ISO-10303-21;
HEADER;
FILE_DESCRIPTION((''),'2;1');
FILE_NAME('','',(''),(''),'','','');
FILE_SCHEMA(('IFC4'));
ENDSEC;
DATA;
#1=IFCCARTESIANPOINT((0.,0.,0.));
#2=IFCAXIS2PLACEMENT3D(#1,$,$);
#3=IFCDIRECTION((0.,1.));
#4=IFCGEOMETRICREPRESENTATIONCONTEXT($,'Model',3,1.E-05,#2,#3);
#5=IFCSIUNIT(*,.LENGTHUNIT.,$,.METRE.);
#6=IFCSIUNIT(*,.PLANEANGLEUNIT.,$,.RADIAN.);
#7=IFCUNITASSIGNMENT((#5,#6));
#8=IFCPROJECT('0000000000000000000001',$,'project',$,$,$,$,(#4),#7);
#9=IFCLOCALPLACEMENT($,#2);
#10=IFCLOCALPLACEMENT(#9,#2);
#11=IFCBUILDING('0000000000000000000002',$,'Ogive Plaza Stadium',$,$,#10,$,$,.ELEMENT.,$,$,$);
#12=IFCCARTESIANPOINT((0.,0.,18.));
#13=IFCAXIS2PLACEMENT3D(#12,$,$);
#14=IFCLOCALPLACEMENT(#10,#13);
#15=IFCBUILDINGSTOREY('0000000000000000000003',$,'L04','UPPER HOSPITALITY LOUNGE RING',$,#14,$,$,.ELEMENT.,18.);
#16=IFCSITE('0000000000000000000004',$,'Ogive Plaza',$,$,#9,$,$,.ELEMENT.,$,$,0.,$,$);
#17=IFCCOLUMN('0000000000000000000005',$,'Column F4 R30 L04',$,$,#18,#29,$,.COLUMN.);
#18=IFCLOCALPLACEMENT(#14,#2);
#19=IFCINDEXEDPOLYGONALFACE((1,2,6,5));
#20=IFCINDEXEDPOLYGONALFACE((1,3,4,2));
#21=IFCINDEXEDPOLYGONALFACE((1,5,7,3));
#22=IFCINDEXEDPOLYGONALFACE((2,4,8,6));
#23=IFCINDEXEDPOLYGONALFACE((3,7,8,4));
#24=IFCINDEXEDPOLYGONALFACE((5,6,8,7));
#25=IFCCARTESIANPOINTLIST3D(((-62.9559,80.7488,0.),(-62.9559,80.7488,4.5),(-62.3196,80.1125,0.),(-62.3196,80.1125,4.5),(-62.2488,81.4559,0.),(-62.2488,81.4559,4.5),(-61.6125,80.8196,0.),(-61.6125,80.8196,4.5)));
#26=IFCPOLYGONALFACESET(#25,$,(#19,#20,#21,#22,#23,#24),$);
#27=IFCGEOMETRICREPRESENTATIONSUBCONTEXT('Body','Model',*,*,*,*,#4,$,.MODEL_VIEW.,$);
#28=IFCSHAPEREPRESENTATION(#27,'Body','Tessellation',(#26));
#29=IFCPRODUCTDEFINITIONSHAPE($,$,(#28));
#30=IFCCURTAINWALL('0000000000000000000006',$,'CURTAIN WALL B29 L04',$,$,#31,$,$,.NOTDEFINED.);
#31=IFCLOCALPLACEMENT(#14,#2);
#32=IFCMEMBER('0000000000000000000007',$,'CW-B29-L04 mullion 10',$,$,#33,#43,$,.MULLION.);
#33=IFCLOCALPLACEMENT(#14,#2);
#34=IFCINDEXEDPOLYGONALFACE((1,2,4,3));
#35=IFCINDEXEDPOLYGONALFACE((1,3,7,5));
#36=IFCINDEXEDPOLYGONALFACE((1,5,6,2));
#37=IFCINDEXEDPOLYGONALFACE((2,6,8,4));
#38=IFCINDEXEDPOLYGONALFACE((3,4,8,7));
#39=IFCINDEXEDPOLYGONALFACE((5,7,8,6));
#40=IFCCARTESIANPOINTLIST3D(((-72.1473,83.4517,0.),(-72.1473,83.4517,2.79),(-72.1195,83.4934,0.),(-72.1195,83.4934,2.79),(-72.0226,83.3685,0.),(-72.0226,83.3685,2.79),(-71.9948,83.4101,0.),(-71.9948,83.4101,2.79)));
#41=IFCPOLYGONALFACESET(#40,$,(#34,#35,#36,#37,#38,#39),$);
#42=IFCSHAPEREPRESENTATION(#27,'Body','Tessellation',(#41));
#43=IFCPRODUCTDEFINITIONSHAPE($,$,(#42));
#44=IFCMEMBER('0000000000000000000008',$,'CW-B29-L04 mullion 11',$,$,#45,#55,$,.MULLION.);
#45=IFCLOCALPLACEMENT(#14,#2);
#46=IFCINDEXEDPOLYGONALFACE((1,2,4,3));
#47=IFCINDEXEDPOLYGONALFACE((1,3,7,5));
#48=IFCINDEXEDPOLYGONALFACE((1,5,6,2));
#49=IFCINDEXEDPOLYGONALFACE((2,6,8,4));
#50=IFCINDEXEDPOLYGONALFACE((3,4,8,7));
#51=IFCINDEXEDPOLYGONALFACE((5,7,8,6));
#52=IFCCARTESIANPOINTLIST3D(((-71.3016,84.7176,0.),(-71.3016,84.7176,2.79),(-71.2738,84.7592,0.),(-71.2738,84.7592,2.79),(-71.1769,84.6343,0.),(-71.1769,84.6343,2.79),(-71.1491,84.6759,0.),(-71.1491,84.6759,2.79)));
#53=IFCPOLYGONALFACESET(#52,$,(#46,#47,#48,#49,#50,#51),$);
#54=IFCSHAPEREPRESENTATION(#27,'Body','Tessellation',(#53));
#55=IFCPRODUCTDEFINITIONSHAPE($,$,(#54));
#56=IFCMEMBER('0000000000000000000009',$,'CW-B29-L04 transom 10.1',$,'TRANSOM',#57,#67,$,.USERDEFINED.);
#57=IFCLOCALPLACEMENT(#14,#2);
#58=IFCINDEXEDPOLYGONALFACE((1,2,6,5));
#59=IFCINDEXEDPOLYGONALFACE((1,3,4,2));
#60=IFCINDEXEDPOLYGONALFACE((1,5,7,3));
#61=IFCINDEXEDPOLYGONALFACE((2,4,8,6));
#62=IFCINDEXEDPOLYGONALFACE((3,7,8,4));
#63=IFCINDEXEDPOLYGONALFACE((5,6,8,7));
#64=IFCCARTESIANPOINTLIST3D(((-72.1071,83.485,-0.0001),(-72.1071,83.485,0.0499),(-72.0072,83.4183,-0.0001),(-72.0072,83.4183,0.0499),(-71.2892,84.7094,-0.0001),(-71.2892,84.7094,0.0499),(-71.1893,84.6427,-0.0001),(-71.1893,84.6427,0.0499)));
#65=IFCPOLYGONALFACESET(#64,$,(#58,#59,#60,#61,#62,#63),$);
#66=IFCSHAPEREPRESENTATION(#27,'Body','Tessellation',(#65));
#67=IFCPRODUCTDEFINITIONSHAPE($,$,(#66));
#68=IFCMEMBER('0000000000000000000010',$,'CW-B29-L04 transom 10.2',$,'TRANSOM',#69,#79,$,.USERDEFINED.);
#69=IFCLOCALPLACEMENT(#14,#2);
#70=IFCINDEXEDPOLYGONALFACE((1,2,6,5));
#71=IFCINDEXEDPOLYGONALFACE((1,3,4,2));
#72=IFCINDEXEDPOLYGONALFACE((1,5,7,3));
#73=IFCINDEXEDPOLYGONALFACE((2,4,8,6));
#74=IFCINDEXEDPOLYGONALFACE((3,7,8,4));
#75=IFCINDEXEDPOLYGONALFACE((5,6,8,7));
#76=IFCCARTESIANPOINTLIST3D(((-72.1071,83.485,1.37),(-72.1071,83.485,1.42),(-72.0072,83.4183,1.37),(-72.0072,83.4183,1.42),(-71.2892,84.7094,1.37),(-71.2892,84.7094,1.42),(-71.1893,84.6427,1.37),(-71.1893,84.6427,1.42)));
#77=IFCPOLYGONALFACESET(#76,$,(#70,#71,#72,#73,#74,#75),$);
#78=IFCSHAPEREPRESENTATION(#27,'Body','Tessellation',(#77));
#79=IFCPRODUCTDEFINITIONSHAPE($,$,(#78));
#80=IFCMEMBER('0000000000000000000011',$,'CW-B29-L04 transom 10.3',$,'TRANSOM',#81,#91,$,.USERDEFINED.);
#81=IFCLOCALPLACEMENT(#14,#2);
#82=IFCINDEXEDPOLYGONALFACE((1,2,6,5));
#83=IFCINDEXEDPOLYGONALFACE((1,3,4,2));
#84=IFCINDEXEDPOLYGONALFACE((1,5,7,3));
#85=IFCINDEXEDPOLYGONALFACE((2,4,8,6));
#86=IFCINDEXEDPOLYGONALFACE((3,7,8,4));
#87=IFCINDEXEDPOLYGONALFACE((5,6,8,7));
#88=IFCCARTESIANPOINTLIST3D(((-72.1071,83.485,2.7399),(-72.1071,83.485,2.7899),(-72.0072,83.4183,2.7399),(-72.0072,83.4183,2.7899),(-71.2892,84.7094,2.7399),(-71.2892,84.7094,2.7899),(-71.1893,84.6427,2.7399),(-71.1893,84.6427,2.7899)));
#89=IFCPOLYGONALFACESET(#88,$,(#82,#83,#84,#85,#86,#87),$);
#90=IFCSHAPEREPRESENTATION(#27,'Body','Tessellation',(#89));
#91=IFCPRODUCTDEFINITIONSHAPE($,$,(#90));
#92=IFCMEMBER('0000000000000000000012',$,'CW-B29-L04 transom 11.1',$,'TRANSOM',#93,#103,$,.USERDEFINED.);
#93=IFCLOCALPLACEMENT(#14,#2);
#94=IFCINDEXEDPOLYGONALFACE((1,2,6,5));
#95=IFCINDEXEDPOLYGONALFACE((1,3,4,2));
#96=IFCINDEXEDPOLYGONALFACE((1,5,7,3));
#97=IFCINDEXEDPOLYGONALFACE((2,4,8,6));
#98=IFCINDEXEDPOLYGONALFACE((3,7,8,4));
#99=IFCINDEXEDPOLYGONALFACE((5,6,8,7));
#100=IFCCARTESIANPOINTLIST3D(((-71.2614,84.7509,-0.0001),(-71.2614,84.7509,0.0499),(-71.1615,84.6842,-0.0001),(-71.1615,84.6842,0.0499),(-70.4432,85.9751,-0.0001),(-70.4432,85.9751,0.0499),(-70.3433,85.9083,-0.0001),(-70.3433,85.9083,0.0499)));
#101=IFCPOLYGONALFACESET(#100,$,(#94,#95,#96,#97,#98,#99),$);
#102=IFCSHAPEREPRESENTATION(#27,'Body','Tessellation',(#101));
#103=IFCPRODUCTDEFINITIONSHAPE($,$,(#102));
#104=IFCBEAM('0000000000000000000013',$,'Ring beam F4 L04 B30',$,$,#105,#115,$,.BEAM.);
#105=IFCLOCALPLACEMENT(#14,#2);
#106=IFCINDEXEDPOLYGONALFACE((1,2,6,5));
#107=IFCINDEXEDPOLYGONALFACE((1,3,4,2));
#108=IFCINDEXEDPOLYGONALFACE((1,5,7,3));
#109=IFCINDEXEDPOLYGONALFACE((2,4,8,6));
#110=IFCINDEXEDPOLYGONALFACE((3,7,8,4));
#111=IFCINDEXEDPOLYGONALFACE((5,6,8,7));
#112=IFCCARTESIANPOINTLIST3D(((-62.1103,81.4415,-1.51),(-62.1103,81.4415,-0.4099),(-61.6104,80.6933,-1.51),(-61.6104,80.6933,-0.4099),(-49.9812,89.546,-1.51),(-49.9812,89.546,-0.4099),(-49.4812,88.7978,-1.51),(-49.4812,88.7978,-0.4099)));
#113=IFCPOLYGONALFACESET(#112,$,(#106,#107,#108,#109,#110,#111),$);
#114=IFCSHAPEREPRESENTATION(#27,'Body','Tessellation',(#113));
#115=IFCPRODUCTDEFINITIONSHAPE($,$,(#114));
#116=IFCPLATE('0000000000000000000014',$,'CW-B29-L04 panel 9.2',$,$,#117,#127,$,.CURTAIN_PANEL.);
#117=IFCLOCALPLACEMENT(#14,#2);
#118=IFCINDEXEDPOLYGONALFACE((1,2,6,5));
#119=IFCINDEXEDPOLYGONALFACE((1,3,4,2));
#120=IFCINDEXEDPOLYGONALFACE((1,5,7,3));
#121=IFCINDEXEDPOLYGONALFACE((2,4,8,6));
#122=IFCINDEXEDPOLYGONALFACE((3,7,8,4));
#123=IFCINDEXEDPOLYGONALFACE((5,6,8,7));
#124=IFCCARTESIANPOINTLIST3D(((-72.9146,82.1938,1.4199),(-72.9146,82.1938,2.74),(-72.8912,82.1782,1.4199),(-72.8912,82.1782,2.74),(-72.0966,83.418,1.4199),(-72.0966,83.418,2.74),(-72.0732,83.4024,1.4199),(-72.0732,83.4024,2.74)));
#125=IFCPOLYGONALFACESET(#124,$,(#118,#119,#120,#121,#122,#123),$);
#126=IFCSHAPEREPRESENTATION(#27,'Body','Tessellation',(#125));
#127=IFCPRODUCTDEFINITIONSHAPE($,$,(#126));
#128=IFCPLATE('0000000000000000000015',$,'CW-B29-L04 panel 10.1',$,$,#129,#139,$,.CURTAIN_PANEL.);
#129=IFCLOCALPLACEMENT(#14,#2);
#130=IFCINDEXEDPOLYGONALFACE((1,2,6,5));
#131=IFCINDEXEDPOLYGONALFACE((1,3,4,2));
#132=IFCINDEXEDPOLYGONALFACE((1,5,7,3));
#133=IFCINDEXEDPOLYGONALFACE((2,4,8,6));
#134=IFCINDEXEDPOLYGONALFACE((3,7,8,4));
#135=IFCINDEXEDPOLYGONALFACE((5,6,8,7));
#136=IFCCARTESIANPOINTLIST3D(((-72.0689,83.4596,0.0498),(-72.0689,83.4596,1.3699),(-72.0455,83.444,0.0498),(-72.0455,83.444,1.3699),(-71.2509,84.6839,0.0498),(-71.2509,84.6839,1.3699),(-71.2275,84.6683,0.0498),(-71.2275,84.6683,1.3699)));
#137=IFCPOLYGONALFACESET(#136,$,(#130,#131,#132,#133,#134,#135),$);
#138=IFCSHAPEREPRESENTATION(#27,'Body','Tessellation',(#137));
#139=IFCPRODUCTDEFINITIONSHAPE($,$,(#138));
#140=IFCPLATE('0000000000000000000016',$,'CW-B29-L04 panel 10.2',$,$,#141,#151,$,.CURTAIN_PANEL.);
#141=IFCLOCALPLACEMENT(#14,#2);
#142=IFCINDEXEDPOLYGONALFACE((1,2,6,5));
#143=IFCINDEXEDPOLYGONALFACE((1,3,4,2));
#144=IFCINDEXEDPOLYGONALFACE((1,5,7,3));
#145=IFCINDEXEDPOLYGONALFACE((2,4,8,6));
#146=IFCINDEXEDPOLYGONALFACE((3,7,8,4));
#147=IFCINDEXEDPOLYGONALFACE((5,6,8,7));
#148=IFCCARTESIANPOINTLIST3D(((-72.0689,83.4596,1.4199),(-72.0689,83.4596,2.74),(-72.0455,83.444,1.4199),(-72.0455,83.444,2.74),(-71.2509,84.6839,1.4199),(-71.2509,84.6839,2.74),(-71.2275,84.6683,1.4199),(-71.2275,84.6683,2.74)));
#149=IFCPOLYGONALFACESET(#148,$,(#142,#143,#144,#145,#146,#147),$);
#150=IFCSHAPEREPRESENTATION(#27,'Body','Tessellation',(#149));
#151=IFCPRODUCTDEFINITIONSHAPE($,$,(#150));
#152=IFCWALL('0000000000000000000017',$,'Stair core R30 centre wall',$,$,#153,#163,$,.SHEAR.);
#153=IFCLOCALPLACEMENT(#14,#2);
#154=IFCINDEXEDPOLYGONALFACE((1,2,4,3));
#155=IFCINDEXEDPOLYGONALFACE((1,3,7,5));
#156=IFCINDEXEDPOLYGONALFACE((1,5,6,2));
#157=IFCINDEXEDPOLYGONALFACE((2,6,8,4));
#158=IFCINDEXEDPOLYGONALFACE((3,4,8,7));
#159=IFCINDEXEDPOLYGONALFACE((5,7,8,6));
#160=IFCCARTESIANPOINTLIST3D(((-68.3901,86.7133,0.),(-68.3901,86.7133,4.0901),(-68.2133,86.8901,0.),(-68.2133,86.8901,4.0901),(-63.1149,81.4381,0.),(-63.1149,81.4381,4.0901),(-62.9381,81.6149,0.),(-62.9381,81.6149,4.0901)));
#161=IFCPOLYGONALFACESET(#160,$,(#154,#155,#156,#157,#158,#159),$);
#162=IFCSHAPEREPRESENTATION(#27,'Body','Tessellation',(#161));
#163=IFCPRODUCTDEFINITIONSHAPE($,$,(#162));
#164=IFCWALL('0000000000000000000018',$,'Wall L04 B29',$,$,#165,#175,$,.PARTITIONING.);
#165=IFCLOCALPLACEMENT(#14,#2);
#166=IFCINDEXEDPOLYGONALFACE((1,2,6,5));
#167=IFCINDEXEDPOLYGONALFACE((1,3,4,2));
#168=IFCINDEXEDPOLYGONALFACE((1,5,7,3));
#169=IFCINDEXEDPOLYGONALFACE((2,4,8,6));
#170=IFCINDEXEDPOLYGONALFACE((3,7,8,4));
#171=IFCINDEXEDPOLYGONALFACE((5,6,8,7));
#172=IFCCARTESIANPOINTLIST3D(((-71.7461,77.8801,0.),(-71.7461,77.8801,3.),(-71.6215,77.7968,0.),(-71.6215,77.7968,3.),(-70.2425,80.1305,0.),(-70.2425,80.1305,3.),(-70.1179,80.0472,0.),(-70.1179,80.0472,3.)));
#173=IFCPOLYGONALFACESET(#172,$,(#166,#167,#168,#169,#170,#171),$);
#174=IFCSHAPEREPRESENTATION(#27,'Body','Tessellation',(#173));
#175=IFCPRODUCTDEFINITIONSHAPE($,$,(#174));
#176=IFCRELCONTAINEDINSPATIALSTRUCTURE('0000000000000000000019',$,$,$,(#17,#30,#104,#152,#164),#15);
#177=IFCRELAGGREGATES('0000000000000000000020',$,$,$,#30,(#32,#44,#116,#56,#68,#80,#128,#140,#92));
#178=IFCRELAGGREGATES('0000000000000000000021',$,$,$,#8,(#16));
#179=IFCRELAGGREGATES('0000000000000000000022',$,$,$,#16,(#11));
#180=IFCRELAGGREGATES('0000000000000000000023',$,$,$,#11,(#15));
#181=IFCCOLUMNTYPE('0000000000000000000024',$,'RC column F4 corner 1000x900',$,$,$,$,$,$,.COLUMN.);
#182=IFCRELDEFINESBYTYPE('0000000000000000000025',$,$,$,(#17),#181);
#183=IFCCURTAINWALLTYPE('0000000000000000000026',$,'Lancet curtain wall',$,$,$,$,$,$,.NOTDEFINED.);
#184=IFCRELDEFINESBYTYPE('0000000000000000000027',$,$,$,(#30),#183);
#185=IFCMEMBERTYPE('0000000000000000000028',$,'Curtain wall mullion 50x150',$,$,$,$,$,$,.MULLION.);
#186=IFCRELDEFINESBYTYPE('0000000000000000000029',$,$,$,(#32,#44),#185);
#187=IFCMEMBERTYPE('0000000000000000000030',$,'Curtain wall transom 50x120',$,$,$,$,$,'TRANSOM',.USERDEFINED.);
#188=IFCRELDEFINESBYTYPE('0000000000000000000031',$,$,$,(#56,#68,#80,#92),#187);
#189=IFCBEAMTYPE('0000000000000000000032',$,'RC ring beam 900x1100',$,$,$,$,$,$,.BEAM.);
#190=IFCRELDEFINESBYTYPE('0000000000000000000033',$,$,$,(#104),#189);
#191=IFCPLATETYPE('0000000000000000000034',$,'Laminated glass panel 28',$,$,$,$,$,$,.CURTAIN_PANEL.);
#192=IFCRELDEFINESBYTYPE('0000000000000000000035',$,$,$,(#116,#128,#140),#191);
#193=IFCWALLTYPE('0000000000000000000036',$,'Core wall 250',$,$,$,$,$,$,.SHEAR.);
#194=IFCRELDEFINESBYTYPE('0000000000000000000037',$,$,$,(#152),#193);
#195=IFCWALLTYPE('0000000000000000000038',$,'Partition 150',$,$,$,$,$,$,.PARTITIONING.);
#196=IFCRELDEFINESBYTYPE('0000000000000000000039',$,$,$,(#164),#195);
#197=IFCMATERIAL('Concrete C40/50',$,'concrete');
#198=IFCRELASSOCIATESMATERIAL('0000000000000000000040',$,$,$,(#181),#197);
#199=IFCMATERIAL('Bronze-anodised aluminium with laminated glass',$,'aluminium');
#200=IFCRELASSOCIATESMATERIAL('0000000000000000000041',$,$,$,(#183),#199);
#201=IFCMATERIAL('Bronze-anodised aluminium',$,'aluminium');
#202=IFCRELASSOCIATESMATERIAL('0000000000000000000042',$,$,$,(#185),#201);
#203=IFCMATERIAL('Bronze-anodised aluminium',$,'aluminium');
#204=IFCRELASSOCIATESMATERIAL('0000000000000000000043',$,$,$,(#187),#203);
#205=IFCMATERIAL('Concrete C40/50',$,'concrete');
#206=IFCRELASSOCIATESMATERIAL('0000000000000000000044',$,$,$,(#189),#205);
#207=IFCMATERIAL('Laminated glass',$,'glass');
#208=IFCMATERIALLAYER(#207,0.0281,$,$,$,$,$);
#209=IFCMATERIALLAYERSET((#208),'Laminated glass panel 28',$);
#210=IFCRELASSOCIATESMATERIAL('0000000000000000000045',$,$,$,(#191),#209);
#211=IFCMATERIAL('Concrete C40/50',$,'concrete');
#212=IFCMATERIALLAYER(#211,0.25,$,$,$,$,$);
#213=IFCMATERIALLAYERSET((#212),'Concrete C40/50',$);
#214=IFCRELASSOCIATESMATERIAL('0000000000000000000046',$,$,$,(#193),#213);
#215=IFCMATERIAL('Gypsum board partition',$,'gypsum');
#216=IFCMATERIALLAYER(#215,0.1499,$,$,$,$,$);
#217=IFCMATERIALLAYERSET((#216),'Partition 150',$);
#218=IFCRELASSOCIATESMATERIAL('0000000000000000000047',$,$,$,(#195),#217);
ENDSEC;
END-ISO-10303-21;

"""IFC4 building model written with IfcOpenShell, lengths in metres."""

from ifc_helpers import new_model, si_unit, direction, frame, frame_2d, origin, origin_2d, place, context, subcontext, project, spatial, rectangle, extrude, material, layer, layer_set, material_profile, profile_set, type_object, element, aggregate, save


model = new_model("IFC4")

# Units and contexts
model_context = context("Model", 3, precision=1e-05, world=origin(), true_north=direction((0.0, 1.0)))
body_context = subcontext(model_context, "Body", "Model", "MODEL_VIEW")
ifc_project = project(units=[si_unit("LENGTHUNIT", "METRE"), si_unit("PLANEANGLEUNIT", "RADIAN")], contexts=[model_context])

# Site, building, storey
site_placement = place(None, origin())
site = spatial("IfcSite", under=ifc_project, at=site_placement, Name="Ogive Plaza", CompositionType="ELEMENT", RefElevation=0.0)
building_placement = place(site_placement, origin())
building = spatial("IfcBuilding", under=site, at=building_placement, Name="Ogive Plaza Stadium", CompositionType="ELEMENT")
storey_placement = place(building_placement, frame((0.0, 0.0, 18.0)))
storey = spatial("IfcBuildingStorey", under=building, at=storey_placement, Name="L04", Description="UPPER HOSPITALITY LOUNGE RING", CompositionType="ELEMENT", Elevation=18.0)

# Column
ifc_material_1 = material(Name="Concrete C40/50", Category="concrete")
ifc_material_profile_1 = material_profile(ifc_material_1, rectangle(XDim=1.0, YDim=0.8999, at=origin_2d()), Name="RC 1000x900")
ifc_profile_set_1 = profile_set([ifc_material_profile_1], Name="Concrete C40/50")
column_type = type_object("IfcColumnType", Name="RC column F4 corner 1000x900", PredefinedType="COLUMN", material=ifc_profile_set_1)
column_placement = place(storey_placement, frame((-62.2842, 80.7842, 0.0), z_axis=(0.0, 0.0, 1.0), x_axis=(-0.707107, -0.707107, 0.0)))
element("IfcColumn", 1, at=column_placement, inside=storey, type_object=column_type, Name="Column F4 R30 L04", PredefinedType="COLUMN", context=body_context, shape_type="SweptSolid", body=[
    extrude(rectangle(XDim=1.0, YDim=0.8999, at=origin_2d()), origin(), (0.0, 0.0, 1.0), 4.5),
])

# Curtain wall, members
ifc_material_2 = material(Name="Bronze-anodised aluminium with laminated glass", Category="aluminium")
curtain_wall_type = type_object("IfcCurtainWallType", Name="Lancet curtain wall", PredefinedType="NOTDEFINED", material=ifc_material_2)
curtain_wall_placement = place(storey_placement, origin())
curtain_wall = element("IfcCurtainWall", 2, at=curtain_wall_placement, inside=storey, type_object=curtain_wall_type, Name="CURTAIN WALL B29 L04", PredefinedType="NOTDEFINED")
ifc_material_3 = material(Name="Bronze-anodised aluminium", Category="aluminium")
ifc_material_profile_2 = material_profile(ifc_material_3, rectangle(XDim=0.1499, YDim=0.05, at=origin_2d()), Name="AL 150x50")
ifc_profile_set_2 = profile_set([ifc_material_profile_2], Name="Bronze-anodised aluminium")
member_type_1 = type_object("IfcMemberType", Name="Curtain wall mullion 50x150", PredefinedType="MULLION", material=ifc_profile_set_2)
member_1_placement = place(storey_placement, frame((-72.071, 83.4309, 0.0), z_axis=(0.0, 0.0, 1.0), x_axis=(-0.83147, 0.55557, 0.0)))
member_1 = element("IfcMember", 3, at=member_1_placement, type_object=member_type_1, Name="CW-B29-L04 mullion 10", PredefinedType="MULLION", context=body_context, shape_type="SweptSolid", body=[
    extrude(rectangle(XDim=0.1499, YDim=0.05, at=origin_2d()), origin(), (0.0, 0.0, 1.0), 2.79),
])
member_2_placement = place(storey_placement, frame((-71.2253, 84.6968, 0.0), z_axis=(0.0, 0.0, 1.0), x_axis=(-0.83147, 0.55557, 0.0)))
member_2 = element("IfcMember", 4, at=member_2_placement, type_object=member_type_1, Name="CW-B29-L04 mullion 11", PredefinedType="MULLION", context=body_context, shape_type="SweptSolid", body=[
    extrude(rectangle(XDim=0.1499, YDim=0.05, at=origin_2d()), origin(), (0.0, 0.0, 1.0), 2.79),
])
ifc_material_4 = material(Name="Bronze-anodised aluminium", Category="aluminium")
ifc_material_profile_3 = material_profile(ifc_material_4, rectangle(XDim=0.1201, YDim=0.05, at=origin_2d()), Name="AL 120x50")
ifc_profile_set_3 = profile_set([ifc_material_profile_3], Name="Bronze-anodised aluminium")
member_type_2 = type_object("IfcMemberType", Name="Curtain wall transom 50x120", ElementType="TRANSOM", PredefinedType="USERDEFINED", material=ifc_profile_set_3)
member_3_placement = place(storey_placement, frame((-72.0571, 83.4517, 0.0249), z_axis=(0.555465, 0.83154, 0.0), x_axis=(-0.83154, 0.555465, 0.0)))
member_3 = element("IfcMember", 5, at=member_3_placement, type_object=member_type_2, Name="CW-B29-L04 transom 10.1", ObjectType="TRANSOM", PredefinedType="USERDEFINED", context=body_context, shape_type="SweptSolid", body=[
    extrude(rectangle(XDim=0.1201, YDim=0.05, at=origin_2d()), origin(), (0.0, 0.0, 1.0), 1.4724),
])
member_4_placement = place(storey_placement, frame((-72.0571, 83.4517, 1.395), z_axis=(0.555465, 0.83154, 0.0), x_axis=(-0.83154, 0.555465, 0.0)))
member_4 = element("IfcMember", 6, at=member_4_placement, type_object=member_type_2, Name="CW-B29-L04 transom 10.2", ObjectType="TRANSOM", PredefinedType="USERDEFINED", context=body_context, shape_type="SweptSolid", body=[
    extrude(rectangle(XDim=0.1201, YDim=0.05, at=origin_2d()), origin(), (0.0, 0.0, 1.0), 1.4724),
])
member_5_placement = place(storey_placement, frame((-72.0571, 83.4517, 2.7649), z_axis=(0.555465, 0.83154, 0.0), x_axis=(-0.83154, 0.555465, 0.0)))
member_5 = element("IfcMember", 7, at=member_5_placement, type_object=member_type_2, Name="CW-B29-L04 transom 10.3", ObjectType="TRANSOM", PredefinedType="USERDEFINED", context=body_context, shape_type="SweptSolid", body=[
    extrude(rectangle(XDim=0.1201, YDim=0.05, at=origin_2d()), origin(), (0.0, 0.0, 1.0), 1.4724),
])
member_6_placement = place(storey_placement, frame((-71.2114, 84.7175, 0.0249), z_axis=(0.555656, 0.831412, 0.0), x_axis=(-0.831412, 0.555656, 0.0)))
member_6 = element("IfcMember", 8, at=member_6_placement, type_object=member_type_2, Name="CW-B29-L04 transom 11.1", ObjectType="TRANSOM", PredefinedType="USERDEFINED", context=body_context, shape_type="SweptSolid", body=[
    extrude(rectangle(XDim=0.1201, YDim=0.05, at=origin_2d()), origin(), (0.0, 0.0, 1.0), 1.4724),
])

# Beam
ifc_material_5 = material(Name="Concrete C40/50", Category="concrete")
ifc_material_profile_4 = material_profile(ifc_material_5, rectangle(XDim=0.8999, YDim=1.1001, at=origin_2d()), Name="RC 900x1100")
ifc_profile_set_4 = profile_set([ifc_material_profile_4], Name="Concrete C40/50")
beam_type = type_object("IfcBeamType", Name="RC ring beam 900x1100", PredefinedType="BEAM", material=ifc_profile_set_4)
beam_placement = place(storey_placement, frame((-61.8604, 81.0674, -0.96), z_axis=(0.831468, 0.555573, 0.0), x_axis=(-0.555573, 0.831468, 0.0)))
element("IfcBeam", 9, at=beam_placement, inside=storey, type_object=beam_type, Name="Ring beam F4 L04 B30", PredefinedType="BEAM", context=body_context, shape_type="SweptSolid", body=[
    extrude(rectangle(XDim=0.8999, YDim=1.1001, at=origin_2d()), origin(), (0.0, 0.0, 1.0), 14.5876),
])

# Plates
ifc_material_6 = material(Name="Laminated glass", Category="glass")
ifc_layer_1 = layer(ifc_material_6, 0.0281)
ifc_layer_set_1 = layer_set([ifc_layer_1], Name="Laminated glass panel 28")
plate_type = type_object("IfcPlateType", Name="Laminated glass panel 28", PredefinedType="CURTAIN_PANEL", material=ifc_layer_set_1)
plate_1_placement = place(storey_placement, frame((-72.4939, 82.7981, 1.4199), z_axis=(0.0, 0.0, 1.0), x_axis=(0.55557, 0.83147, 0.0)))
plate_1 = element("IfcPlate", 10, at=plate_1_placement, type_object=plate_type, Name="CW-B29-L04 panel 9.2", PredefinedType="CURTAIN_PANEL", context=body_context, shape_type="SweptSolid", body=[
    extrude(rectangle(XDim=1.4724, YDim=0.0281, at=origin_2d()), origin(), (0.0, 0.0, 1.0), 1.3201),
])
plate_2_placement = place(storey_placement, frame((-71.6482, 84.064, 0.0498), z_axis=(0.0, 0.0, 1.0), x_axis=(0.55557, 0.83147, 0.0)))
plate_2 = element("IfcPlate", 11, at=plate_2_placement, type_object=plate_type, Name="CW-B29-L04 panel 10.1", PredefinedType="CURTAIN_PANEL", context=body_context, shape_type="SweptSolid", body=[
    extrude(rectangle(XDim=1.4724, YDim=0.0281, at=origin_2d()), origin(), (0.0, 0.0, 1.0), 1.3201),
])
plate_3_placement = place(storey_placement, frame((-71.6482, 84.064, 1.4199), z_axis=(0.0, 0.0, 1.0), x_axis=(0.55557, 0.83147, 0.0)))
plate_3 = element("IfcPlate", 12, at=plate_3_placement, type_object=plate_type, Name="CW-B29-L04 panel 10.2", PredefinedType="CURTAIN_PANEL", context=body_context, shape_type="SweptSolid", body=[
    extrude(rectangle(XDim=1.4724, YDim=0.0281, at=origin_2d()), origin(), (0.0, 0.0, 1.0), 1.3201),
])
aggregate(curtain_wall, [member_1, member_2, plate_1, member_3, member_4, member_5, plate_2, plate_3, member_6])

# Walls
ifc_material_7 = material(Name="Concrete C40/50", Category="concrete")
ifc_layer_2 = layer(ifc_material_7, 0.25)
ifc_layer_set_2 = layer_set([ifc_layer_2], Name="Concrete C40/50")
wall_type_1 = type_object("IfcWallType", Name="Core wall 250", PredefinedType="SHEAR", material=ifc_layer_set_2)
wall_1_placement = place(storey_placement, frame((-63.0266, 81.5266, 0.0), z_axis=(0.0, 0.0, 1.0), x_axis=(-0.707107, 0.707107, 0.0)))
element("IfcWall", 13, at=wall_1_placement, inside=storey, type_object=wall_type_1, Name="Stair core R30 centre wall", PredefinedType="SHEAR", context=body_context, shape_type="SweptSolid", body=[
    extrude(rectangle(XDim=7.4602, YDim=0.25, at=frame_2d((3.73, 0.0))), origin(), (0.0, 0.0, 1.0), 4.0901),
])
ifc_material_8 = material(Name="Gypsum board partition", Category="gypsum")
ifc_layer_3 = layer(ifc_material_8, 0.1499)
ifc_layer_set_3 = layer_set([ifc_layer_3], Name="Partition 150")
wall_type_2 = type_object("IfcWallType", Name="Partition 150", PredefinedType="PARTITIONING", material=ifc_layer_set_3)
wall_2_placement = place(storey_placement, frame((-70.1802, 80.0889, 0.0), z_axis=(0.0, 0.0, 1.0), x_axis=(-0.555553, -0.831481, 0.0)))
element("IfcWall", 14, at=wall_2_placement, inside=storey, type_object=wall_type_2, Name="Wall L04 B29", PredefinedType="PARTITIONING", context=body_context, shape_type="SweptSolid", body=[
    extrude(rectangle(XDim=2.7065, YDim=0.1499, at=frame_2d((1.3533, 0.0))), origin(), (0.0, 0.0, 1.0), 3.0),
])

save(model, "model.ifc")
